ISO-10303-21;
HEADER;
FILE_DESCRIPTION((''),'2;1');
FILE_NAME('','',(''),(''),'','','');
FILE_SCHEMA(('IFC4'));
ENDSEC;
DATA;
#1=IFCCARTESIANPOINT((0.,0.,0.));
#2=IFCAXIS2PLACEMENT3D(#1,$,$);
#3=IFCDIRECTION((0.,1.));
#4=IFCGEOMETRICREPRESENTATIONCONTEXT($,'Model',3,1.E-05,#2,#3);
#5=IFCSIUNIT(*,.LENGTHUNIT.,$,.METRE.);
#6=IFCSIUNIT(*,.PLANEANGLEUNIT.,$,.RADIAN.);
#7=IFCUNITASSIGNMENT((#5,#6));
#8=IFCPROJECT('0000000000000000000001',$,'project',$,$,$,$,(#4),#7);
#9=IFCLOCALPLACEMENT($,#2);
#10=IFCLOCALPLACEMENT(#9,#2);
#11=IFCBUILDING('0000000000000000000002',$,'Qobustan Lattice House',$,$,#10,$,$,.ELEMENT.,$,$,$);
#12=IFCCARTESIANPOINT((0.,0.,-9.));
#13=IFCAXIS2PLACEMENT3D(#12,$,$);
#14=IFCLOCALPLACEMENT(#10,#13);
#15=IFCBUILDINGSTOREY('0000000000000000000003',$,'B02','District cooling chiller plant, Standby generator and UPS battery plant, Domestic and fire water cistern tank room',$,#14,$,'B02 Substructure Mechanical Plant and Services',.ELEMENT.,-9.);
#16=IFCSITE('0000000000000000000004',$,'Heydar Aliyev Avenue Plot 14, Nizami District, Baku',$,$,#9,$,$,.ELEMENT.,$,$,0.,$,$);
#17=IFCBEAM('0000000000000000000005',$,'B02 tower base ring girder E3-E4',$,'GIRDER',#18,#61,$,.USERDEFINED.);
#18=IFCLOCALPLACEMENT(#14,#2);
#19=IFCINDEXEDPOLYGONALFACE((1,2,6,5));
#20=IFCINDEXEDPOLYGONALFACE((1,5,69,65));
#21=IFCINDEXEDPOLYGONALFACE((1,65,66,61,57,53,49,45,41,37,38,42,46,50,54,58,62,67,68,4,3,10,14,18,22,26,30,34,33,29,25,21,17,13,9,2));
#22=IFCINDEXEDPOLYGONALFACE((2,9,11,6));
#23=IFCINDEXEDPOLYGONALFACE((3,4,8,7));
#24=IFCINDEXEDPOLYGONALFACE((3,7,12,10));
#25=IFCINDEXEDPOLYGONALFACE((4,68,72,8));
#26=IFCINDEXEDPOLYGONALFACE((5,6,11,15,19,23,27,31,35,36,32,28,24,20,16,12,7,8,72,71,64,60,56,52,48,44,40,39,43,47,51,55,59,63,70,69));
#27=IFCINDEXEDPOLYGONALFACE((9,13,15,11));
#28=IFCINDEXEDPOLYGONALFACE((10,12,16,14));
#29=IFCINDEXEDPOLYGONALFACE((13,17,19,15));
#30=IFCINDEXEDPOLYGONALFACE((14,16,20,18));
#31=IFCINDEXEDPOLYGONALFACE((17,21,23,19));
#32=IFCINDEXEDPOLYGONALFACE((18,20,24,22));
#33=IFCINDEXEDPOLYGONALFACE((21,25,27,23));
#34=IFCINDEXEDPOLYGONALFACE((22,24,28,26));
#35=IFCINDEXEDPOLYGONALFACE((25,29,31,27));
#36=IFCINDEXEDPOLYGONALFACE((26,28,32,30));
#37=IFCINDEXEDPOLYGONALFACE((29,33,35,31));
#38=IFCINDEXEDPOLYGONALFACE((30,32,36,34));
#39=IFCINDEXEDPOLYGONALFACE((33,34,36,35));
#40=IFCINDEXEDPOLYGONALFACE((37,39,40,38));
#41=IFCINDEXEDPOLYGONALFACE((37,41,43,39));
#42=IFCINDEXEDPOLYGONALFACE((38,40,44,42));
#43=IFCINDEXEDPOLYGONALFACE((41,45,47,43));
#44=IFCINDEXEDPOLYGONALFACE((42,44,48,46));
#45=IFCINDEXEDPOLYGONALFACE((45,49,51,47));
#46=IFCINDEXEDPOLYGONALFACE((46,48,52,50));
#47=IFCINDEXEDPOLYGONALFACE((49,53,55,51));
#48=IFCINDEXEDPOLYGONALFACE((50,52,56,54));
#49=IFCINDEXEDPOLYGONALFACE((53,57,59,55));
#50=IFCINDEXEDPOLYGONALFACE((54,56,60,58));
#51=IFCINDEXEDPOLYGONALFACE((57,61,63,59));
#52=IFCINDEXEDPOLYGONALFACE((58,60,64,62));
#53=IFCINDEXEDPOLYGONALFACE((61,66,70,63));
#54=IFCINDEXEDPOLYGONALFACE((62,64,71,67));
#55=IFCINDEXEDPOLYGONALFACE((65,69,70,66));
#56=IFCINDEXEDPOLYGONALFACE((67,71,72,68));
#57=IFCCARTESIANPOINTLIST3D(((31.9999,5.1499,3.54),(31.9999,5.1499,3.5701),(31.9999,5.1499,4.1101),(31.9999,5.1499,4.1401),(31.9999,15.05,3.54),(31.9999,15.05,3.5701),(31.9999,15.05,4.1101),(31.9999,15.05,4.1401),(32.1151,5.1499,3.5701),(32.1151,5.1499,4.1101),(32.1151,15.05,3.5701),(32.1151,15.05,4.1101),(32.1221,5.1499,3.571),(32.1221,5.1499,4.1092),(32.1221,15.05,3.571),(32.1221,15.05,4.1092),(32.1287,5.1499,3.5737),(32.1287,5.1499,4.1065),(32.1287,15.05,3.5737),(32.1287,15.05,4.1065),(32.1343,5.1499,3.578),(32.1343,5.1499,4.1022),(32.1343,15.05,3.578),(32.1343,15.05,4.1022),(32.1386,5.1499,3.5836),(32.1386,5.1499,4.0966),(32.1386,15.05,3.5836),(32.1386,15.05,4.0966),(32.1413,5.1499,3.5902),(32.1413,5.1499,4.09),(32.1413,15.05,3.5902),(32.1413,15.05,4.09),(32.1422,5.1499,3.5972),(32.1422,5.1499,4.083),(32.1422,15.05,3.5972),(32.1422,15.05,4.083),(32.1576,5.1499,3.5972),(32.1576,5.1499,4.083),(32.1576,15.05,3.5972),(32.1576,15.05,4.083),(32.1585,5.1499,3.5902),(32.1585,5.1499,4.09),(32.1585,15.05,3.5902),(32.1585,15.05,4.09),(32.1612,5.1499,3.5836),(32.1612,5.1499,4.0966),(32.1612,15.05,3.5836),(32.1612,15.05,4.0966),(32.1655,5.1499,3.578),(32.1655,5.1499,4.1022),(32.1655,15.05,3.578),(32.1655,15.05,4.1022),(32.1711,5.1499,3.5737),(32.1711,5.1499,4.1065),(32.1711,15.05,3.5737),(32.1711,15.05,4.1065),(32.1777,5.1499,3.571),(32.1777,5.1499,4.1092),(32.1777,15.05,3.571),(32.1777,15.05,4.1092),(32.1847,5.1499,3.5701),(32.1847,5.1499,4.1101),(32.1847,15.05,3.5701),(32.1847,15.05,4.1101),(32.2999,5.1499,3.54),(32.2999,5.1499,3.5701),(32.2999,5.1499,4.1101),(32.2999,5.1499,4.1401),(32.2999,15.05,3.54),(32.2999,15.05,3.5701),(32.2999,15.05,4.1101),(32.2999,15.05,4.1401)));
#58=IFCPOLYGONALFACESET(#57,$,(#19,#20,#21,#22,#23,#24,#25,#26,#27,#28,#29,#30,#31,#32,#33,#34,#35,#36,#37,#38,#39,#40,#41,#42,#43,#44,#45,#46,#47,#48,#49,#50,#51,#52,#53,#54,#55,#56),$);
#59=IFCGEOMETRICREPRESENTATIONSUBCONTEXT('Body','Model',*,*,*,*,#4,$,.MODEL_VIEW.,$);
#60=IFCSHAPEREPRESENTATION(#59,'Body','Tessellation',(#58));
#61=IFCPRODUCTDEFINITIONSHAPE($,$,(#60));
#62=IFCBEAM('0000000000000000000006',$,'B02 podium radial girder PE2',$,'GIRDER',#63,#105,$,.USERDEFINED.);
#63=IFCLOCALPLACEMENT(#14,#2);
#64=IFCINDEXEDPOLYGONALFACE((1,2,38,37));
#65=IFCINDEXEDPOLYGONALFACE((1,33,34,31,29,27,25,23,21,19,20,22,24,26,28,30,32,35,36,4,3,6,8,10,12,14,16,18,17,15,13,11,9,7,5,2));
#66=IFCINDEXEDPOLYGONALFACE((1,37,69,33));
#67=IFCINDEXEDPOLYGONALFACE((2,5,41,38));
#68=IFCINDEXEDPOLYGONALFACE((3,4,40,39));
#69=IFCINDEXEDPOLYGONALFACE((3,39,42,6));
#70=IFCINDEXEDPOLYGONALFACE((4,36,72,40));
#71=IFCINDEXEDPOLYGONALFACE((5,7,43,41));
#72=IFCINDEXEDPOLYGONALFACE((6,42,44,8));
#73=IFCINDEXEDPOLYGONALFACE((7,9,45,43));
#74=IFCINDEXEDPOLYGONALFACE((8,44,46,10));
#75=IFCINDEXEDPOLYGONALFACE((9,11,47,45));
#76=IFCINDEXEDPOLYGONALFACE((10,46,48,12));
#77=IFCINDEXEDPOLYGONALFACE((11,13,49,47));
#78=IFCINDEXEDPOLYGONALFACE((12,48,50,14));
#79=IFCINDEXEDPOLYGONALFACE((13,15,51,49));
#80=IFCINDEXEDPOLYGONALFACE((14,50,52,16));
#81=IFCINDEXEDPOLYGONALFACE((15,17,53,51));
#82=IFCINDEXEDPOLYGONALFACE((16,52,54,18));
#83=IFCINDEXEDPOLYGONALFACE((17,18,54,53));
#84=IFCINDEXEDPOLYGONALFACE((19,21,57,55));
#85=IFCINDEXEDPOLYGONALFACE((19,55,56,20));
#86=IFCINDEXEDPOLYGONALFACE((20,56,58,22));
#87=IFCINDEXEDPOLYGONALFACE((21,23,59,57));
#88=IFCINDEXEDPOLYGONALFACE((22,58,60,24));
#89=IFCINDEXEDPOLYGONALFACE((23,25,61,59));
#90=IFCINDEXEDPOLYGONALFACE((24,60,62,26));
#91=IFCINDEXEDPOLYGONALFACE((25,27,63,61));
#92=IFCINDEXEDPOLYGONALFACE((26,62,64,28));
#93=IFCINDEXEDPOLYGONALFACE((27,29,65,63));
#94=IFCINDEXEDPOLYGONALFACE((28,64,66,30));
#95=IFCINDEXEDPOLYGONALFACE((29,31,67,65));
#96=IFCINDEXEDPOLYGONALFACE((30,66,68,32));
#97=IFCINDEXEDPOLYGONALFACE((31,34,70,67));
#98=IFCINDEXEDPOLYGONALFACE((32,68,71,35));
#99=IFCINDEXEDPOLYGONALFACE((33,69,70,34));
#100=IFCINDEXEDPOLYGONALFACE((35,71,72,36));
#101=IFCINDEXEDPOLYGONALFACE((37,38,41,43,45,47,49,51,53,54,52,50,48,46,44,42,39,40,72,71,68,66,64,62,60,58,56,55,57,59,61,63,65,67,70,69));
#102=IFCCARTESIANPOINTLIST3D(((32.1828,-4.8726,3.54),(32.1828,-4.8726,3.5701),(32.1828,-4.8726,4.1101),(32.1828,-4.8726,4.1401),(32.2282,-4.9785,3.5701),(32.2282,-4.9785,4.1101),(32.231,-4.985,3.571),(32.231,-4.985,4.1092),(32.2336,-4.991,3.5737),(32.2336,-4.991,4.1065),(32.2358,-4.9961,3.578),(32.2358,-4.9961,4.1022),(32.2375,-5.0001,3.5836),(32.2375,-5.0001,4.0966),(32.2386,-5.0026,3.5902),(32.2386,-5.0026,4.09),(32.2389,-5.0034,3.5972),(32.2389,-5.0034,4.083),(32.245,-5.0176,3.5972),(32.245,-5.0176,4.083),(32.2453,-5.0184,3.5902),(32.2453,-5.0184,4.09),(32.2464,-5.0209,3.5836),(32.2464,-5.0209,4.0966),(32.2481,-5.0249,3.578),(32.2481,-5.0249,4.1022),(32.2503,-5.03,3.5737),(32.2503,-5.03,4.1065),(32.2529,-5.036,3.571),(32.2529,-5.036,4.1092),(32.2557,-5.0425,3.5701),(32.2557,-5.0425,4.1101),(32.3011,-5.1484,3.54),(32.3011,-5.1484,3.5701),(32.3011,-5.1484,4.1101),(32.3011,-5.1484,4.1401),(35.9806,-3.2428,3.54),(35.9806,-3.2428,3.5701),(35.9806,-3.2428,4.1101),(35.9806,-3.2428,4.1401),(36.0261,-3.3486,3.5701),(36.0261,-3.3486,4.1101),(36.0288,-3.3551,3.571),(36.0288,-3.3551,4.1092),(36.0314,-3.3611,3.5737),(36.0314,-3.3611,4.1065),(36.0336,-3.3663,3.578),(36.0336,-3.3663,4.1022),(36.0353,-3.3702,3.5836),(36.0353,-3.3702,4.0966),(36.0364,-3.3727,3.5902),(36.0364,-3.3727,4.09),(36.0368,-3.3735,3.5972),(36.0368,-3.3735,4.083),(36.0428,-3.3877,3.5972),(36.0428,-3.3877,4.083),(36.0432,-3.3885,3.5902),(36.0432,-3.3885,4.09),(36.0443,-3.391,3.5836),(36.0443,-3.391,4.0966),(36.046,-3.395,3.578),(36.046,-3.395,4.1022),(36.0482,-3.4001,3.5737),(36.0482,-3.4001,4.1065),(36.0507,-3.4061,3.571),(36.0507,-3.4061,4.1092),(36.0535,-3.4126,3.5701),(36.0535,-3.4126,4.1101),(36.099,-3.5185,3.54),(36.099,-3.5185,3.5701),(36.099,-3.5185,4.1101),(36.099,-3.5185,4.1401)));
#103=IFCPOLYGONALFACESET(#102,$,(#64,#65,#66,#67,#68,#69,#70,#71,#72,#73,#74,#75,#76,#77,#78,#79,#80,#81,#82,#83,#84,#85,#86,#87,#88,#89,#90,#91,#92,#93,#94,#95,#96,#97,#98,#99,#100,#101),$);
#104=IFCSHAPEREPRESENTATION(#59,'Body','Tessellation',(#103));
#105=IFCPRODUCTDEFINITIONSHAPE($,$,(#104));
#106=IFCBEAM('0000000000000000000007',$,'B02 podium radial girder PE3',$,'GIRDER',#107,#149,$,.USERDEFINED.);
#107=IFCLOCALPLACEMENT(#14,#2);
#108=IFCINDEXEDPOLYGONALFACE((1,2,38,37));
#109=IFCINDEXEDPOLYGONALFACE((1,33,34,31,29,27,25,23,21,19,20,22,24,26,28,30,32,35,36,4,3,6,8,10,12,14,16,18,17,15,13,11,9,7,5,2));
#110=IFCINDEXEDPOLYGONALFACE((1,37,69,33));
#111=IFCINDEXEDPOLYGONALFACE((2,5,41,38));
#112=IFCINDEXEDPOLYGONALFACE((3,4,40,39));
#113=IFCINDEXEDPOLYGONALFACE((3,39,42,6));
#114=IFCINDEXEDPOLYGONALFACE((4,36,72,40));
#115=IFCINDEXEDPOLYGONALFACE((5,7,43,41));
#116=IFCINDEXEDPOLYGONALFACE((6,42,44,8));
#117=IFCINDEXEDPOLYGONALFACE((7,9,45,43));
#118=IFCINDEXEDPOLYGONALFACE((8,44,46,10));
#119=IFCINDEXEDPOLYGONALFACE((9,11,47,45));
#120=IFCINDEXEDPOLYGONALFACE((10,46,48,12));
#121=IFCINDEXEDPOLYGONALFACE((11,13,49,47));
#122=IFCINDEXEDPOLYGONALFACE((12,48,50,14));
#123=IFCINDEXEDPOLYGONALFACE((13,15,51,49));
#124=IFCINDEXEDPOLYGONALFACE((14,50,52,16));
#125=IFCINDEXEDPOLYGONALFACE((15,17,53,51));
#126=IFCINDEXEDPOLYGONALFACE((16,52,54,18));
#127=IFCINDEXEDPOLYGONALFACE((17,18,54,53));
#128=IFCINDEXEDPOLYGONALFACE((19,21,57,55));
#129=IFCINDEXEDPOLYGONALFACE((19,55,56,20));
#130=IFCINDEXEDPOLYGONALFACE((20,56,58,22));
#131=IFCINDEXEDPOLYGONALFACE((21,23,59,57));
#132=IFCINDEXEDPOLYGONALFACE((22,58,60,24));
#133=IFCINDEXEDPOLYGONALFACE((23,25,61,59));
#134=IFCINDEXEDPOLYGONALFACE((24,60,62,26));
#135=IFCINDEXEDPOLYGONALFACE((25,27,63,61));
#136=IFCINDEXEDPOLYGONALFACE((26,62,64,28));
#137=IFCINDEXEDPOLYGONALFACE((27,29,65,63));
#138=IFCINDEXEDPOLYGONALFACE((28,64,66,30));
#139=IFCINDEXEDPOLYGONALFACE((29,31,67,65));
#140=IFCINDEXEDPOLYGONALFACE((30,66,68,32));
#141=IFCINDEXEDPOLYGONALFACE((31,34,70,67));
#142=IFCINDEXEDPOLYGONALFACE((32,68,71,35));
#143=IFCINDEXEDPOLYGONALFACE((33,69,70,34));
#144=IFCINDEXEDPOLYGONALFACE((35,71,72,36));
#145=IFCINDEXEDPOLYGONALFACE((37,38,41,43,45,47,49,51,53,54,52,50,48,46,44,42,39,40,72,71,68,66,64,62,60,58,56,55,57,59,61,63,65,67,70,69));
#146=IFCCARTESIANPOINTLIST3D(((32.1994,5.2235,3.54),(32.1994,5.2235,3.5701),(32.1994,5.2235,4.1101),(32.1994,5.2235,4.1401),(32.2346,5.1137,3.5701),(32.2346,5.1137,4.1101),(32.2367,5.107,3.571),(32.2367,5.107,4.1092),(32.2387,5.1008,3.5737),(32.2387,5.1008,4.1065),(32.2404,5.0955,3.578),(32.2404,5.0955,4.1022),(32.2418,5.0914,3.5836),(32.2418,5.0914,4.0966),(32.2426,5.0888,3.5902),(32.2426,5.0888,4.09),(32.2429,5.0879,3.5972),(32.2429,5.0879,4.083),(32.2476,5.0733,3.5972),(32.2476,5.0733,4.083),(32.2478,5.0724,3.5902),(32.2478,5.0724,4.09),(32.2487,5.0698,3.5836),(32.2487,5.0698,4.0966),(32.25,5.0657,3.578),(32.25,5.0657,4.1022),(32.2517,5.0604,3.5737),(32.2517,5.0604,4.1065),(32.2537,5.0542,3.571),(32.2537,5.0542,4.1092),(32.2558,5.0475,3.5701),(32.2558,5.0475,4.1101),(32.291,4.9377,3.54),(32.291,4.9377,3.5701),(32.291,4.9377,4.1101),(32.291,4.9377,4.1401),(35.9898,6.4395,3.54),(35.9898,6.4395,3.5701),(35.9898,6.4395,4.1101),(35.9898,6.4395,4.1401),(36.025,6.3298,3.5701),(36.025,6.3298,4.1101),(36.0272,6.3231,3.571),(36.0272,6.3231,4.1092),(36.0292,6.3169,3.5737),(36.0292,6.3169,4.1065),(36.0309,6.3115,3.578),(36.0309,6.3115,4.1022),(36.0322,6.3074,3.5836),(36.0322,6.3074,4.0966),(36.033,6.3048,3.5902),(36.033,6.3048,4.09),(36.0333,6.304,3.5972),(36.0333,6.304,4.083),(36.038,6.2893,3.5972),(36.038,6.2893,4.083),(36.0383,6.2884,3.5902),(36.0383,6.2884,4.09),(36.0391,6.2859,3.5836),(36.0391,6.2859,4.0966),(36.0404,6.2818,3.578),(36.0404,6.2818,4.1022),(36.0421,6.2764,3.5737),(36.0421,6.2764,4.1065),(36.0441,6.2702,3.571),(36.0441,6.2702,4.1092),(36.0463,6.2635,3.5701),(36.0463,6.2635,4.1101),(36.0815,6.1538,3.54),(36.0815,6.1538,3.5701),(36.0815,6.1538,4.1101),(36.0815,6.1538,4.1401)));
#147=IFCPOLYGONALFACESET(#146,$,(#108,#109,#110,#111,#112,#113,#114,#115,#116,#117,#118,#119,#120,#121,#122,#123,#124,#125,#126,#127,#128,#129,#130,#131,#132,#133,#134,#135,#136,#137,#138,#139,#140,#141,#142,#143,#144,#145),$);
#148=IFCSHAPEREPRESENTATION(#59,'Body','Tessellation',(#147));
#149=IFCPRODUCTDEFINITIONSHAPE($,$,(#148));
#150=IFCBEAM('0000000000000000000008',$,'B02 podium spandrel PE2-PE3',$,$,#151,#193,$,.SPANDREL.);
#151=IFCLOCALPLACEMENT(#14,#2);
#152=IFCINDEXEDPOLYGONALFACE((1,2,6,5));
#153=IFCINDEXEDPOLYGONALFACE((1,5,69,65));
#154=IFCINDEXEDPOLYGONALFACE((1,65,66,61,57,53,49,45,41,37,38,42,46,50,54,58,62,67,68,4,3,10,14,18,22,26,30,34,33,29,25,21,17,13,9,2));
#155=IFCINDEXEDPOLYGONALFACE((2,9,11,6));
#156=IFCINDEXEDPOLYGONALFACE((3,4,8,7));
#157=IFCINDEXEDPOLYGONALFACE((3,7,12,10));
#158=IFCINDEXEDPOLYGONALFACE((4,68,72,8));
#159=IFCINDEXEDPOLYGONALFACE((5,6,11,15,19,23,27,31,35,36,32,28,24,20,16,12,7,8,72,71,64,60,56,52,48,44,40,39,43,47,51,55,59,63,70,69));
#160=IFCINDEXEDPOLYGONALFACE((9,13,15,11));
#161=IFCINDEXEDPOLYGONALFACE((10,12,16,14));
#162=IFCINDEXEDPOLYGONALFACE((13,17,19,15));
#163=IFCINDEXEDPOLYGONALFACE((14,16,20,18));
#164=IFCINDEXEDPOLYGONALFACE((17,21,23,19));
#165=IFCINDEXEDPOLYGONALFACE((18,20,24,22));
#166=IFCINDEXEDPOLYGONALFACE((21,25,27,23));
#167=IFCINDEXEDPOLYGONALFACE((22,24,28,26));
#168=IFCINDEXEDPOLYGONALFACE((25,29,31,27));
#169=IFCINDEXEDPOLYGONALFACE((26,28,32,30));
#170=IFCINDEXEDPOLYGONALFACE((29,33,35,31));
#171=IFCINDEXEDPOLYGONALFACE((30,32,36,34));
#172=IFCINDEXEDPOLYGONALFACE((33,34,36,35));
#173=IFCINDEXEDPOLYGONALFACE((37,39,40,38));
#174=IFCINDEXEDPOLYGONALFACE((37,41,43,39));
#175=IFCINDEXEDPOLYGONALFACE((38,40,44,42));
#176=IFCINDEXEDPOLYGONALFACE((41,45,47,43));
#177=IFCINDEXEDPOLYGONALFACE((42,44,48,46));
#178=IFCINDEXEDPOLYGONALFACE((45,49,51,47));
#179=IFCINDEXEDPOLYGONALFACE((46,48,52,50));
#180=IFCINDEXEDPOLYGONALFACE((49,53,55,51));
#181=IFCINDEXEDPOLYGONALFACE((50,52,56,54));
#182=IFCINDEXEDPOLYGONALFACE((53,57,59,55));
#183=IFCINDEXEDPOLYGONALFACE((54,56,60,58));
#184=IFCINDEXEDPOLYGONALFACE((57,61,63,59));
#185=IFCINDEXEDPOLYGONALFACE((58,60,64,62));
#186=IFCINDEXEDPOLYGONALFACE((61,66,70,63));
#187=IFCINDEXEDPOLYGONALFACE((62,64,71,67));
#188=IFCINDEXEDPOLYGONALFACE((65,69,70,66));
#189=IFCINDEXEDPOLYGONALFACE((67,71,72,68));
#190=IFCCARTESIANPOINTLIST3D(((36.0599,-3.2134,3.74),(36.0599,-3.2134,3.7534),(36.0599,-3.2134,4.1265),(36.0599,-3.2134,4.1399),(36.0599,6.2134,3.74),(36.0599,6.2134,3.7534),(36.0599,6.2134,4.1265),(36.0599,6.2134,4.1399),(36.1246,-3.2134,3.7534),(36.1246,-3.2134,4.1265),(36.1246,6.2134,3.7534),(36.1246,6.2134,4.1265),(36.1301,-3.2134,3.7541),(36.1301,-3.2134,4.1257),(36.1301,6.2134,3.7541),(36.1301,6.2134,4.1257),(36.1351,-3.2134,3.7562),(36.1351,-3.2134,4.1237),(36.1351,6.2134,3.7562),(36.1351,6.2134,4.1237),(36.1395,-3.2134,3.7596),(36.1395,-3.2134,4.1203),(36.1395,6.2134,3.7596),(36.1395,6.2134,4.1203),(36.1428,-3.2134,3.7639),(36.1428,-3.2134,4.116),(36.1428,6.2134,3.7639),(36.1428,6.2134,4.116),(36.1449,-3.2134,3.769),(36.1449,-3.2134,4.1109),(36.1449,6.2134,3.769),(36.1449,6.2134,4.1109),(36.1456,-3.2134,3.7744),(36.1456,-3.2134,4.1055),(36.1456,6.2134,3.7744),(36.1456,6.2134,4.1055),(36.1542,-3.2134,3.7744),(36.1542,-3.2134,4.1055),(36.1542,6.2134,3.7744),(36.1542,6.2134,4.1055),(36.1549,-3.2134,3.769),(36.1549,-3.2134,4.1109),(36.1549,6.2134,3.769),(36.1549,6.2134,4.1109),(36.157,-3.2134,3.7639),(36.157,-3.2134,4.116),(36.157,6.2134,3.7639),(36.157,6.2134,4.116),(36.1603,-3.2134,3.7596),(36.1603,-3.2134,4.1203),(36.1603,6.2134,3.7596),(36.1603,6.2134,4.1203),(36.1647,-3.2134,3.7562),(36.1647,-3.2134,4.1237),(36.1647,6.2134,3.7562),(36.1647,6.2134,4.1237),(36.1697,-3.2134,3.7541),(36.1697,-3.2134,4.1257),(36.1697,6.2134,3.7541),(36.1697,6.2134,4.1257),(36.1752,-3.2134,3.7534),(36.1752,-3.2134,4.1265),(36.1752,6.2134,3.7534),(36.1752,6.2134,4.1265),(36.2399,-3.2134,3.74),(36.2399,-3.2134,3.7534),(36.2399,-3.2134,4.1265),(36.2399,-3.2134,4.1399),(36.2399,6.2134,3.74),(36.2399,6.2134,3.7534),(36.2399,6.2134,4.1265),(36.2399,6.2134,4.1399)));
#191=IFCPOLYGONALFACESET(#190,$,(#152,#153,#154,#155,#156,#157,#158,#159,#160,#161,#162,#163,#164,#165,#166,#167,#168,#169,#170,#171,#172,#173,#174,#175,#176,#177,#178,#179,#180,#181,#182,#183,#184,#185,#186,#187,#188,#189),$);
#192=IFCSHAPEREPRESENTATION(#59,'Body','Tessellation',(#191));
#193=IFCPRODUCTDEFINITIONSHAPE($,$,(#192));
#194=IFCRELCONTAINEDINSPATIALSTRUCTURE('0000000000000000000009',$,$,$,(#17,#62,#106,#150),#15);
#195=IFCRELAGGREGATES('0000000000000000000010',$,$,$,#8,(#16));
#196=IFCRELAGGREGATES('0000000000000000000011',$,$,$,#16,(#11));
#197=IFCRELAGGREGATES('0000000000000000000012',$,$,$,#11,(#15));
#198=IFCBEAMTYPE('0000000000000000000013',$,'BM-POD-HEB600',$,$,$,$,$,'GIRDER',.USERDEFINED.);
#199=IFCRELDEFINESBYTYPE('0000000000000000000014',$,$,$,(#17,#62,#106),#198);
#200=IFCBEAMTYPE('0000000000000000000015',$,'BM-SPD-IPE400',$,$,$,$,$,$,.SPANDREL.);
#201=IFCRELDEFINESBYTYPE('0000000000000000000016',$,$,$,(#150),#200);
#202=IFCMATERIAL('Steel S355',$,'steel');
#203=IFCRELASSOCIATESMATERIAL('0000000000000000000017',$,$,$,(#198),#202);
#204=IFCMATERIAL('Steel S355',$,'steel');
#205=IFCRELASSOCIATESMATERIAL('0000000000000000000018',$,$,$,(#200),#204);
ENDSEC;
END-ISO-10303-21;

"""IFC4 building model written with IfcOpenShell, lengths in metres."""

from ifc_helpers import new_model, si_unit, direction, frame, origin, origin_2d, place, context, subcontext, project, spatial, i_section, extrude, material, material_profile, profile_set, type_object, element, save


model = new_model("IFC4")

# Units and contexts
model_context = context("Model", 3, precision=1e-05, world=origin(), true_north=direction((0.0, 1.0)))
body_context = subcontext(model_context, "Body", "Model", "MODEL_VIEW")
ifc_project = project(units=[si_unit("LENGTHUNIT", "METRE"), si_unit("PLANEANGLEUNIT", "RADIAN")], contexts=[model_context])

# Site, building, storey
site_placement = place(None, origin())
site = spatial("IfcSite", under=ifc_project, at=site_placement, Name="Heydar Aliyev Avenue Plot 14, Nizami District, Baku", CompositionType="ELEMENT", RefElevation=0.0)
building_placement = place(site_placement, origin())
building = spatial("IfcBuilding", under=site, at=building_placement, Name="Qobustan Lattice House", CompositionType="ELEMENT")
storey_placement = place(building_placement, frame((0.0, 0.0, -9.0)))
storey = spatial("IfcBuildingStorey", under=building, at=storey_placement, Name="B02", Description="District cooling chiller plant, Standby generator and UPS battery plant, Domestic and fire water cistern tank room", LongName="B02 Substructure Mechanical Plant and Services", CompositionType="ELEMENT", Elevation=-9.0)

# Beams
ifc_material_1 = material(Name="Steel S355", Category="steel")
ifc_material_profile_1 = material_profile(ifc_material_1, i_section(OverallWidth=0.3, OverallDepth=0.6001, WebThickness=0.0154, FlangeThickness=0.03, FilletRadius=0.0271, at=origin_2d()), Name="HEB600")
ifc_profile_set_1 = profile_set([ifc_material_profile_1], Name="Steel S355")
beam_type_1 = type_object("IfcBeamType", Name="BM-POD-HEB600", ElementType="GIRDER", PredefinedType="USERDEFINED", material=ifc_profile_set_1)
beam_1_placement = place(storey_placement, frame((32.1499, 5.1499, 3.8401), z_axis=(0.0, 1.0, 0.0), x_axis=(-1.0, 0.0, 0.0)))
element("IfcBeam", 1, at=beam_1_placement, inside=storey, type_object=beam_type_1, Name="B02 tower base ring girder E3-E4", ObjectType="GIRDER", PredefinedType="USERDEFINED", context=body_context, shape_type="SweptSolid", body=[
    extrude(i_section(OverallWidth=0.3, OverallDepth=0.6001, WebThickness=0.0154, FlangeThickness=0.03, FilletRadius=0.0271, at=origin_2d()), origin(), (0.0, 0.0, 1.0), 9.9001),
])
beam_2_placement = place(storey_placement, frame((36.0398, -3.3806, 3.8401), z_axis=(-0.918949, -0.394376, 0.0), x_axis=(0.394376, -0.918949, 0.0)))
element("IfcBeam", 2, at=beam_2_placement, inside=storey, type_object=beam_type_1, Name="B02 podium radial girder PE2", ObjectType="GIRDER", PredefinedType="USERDEFINED", context=body_context, shape_type="SweptSolid", body=[
    extrude(i_section(OverallWidth=0.3, OverallDepth=0.6001, WebThickness=0.0154, FlangeThickness=0.03, FilletRadius=0.0271, at=origin_2d()), origin(), (0.0, 0.0, 1.0), 4.1328),
])
beam_3_placement = place(storey_placement, frame((36.0356, 6.2966, 3.8401), z_axis=(-0.952198, -0.305481, 0.0), x_axis=(0.305481, -0.952198, 0.0)))
element("IfcBeam", 3, at=beam_3_placement, inside=storey, type_object=beam_type_1, Name="B02 podium radial girder PE3", ObjectType="GIRDER", PredefinedType="USERDEFINED", context=body_context, shape_type="SweptSolid", body=[
    extrude(i_section(OverallWidth=0.3, OverallDepth=0.6001, WebThickness=0.0154, FlangeThickness=0.03, FilletRadius=0.0271, at=origin_2d()), origin(), (0.0, 0.0, 1.0), 3.9807),
])
ifc_material_2 = material(Name="Steel S355", Category="steel")
ifc_material_profile_2 = material_profile(ifc_material_2, i_section(OverallWidth=0.1799, OverallDepth=0.3999, WebThickness=0.0085, FlangeThickness=0.0134, FilletRadius=0.021, at=origin_2d()), Name="IPE400")
ifc_profile_set_2 = profile_set([ifc_material_profile_2], Name="Steel S355")
beam_type_2 = type_object("IfcBeamType", Name="BM-SPD-IPE400", PredefinedType="SPANDREL", material=ifc_profile_set_2)
for number, where, z_axis, x_axis, name in (
    (4, (36.1499, -3.2134, 3.9399), (0.0, 1.0, 0.0), (-1.0, 0.0, 0.0), "B02 podium spandrel PE2-PE3"),
):
    element("IfcBeam", number, at=place(storey_placement, frame(where, z_axis=z_axis, x_axis=x_axis)), inside=storey, type_object=beam_type_2, Name=name, PredefinedType="SPANDREL", context=body_context, shape_type="SweptSolid", body=[
        extrude(i_section(OverallWidth=0.1799, OverallDepth=0.3999, WebThickness=0.0085, FlangeThickness=0.0134, FilletRadius=0.021, at=origin_2d()), origin(), (0.0, 0.0, 1.0), 9.4268),
    ])

save(model, "model.ifc")
